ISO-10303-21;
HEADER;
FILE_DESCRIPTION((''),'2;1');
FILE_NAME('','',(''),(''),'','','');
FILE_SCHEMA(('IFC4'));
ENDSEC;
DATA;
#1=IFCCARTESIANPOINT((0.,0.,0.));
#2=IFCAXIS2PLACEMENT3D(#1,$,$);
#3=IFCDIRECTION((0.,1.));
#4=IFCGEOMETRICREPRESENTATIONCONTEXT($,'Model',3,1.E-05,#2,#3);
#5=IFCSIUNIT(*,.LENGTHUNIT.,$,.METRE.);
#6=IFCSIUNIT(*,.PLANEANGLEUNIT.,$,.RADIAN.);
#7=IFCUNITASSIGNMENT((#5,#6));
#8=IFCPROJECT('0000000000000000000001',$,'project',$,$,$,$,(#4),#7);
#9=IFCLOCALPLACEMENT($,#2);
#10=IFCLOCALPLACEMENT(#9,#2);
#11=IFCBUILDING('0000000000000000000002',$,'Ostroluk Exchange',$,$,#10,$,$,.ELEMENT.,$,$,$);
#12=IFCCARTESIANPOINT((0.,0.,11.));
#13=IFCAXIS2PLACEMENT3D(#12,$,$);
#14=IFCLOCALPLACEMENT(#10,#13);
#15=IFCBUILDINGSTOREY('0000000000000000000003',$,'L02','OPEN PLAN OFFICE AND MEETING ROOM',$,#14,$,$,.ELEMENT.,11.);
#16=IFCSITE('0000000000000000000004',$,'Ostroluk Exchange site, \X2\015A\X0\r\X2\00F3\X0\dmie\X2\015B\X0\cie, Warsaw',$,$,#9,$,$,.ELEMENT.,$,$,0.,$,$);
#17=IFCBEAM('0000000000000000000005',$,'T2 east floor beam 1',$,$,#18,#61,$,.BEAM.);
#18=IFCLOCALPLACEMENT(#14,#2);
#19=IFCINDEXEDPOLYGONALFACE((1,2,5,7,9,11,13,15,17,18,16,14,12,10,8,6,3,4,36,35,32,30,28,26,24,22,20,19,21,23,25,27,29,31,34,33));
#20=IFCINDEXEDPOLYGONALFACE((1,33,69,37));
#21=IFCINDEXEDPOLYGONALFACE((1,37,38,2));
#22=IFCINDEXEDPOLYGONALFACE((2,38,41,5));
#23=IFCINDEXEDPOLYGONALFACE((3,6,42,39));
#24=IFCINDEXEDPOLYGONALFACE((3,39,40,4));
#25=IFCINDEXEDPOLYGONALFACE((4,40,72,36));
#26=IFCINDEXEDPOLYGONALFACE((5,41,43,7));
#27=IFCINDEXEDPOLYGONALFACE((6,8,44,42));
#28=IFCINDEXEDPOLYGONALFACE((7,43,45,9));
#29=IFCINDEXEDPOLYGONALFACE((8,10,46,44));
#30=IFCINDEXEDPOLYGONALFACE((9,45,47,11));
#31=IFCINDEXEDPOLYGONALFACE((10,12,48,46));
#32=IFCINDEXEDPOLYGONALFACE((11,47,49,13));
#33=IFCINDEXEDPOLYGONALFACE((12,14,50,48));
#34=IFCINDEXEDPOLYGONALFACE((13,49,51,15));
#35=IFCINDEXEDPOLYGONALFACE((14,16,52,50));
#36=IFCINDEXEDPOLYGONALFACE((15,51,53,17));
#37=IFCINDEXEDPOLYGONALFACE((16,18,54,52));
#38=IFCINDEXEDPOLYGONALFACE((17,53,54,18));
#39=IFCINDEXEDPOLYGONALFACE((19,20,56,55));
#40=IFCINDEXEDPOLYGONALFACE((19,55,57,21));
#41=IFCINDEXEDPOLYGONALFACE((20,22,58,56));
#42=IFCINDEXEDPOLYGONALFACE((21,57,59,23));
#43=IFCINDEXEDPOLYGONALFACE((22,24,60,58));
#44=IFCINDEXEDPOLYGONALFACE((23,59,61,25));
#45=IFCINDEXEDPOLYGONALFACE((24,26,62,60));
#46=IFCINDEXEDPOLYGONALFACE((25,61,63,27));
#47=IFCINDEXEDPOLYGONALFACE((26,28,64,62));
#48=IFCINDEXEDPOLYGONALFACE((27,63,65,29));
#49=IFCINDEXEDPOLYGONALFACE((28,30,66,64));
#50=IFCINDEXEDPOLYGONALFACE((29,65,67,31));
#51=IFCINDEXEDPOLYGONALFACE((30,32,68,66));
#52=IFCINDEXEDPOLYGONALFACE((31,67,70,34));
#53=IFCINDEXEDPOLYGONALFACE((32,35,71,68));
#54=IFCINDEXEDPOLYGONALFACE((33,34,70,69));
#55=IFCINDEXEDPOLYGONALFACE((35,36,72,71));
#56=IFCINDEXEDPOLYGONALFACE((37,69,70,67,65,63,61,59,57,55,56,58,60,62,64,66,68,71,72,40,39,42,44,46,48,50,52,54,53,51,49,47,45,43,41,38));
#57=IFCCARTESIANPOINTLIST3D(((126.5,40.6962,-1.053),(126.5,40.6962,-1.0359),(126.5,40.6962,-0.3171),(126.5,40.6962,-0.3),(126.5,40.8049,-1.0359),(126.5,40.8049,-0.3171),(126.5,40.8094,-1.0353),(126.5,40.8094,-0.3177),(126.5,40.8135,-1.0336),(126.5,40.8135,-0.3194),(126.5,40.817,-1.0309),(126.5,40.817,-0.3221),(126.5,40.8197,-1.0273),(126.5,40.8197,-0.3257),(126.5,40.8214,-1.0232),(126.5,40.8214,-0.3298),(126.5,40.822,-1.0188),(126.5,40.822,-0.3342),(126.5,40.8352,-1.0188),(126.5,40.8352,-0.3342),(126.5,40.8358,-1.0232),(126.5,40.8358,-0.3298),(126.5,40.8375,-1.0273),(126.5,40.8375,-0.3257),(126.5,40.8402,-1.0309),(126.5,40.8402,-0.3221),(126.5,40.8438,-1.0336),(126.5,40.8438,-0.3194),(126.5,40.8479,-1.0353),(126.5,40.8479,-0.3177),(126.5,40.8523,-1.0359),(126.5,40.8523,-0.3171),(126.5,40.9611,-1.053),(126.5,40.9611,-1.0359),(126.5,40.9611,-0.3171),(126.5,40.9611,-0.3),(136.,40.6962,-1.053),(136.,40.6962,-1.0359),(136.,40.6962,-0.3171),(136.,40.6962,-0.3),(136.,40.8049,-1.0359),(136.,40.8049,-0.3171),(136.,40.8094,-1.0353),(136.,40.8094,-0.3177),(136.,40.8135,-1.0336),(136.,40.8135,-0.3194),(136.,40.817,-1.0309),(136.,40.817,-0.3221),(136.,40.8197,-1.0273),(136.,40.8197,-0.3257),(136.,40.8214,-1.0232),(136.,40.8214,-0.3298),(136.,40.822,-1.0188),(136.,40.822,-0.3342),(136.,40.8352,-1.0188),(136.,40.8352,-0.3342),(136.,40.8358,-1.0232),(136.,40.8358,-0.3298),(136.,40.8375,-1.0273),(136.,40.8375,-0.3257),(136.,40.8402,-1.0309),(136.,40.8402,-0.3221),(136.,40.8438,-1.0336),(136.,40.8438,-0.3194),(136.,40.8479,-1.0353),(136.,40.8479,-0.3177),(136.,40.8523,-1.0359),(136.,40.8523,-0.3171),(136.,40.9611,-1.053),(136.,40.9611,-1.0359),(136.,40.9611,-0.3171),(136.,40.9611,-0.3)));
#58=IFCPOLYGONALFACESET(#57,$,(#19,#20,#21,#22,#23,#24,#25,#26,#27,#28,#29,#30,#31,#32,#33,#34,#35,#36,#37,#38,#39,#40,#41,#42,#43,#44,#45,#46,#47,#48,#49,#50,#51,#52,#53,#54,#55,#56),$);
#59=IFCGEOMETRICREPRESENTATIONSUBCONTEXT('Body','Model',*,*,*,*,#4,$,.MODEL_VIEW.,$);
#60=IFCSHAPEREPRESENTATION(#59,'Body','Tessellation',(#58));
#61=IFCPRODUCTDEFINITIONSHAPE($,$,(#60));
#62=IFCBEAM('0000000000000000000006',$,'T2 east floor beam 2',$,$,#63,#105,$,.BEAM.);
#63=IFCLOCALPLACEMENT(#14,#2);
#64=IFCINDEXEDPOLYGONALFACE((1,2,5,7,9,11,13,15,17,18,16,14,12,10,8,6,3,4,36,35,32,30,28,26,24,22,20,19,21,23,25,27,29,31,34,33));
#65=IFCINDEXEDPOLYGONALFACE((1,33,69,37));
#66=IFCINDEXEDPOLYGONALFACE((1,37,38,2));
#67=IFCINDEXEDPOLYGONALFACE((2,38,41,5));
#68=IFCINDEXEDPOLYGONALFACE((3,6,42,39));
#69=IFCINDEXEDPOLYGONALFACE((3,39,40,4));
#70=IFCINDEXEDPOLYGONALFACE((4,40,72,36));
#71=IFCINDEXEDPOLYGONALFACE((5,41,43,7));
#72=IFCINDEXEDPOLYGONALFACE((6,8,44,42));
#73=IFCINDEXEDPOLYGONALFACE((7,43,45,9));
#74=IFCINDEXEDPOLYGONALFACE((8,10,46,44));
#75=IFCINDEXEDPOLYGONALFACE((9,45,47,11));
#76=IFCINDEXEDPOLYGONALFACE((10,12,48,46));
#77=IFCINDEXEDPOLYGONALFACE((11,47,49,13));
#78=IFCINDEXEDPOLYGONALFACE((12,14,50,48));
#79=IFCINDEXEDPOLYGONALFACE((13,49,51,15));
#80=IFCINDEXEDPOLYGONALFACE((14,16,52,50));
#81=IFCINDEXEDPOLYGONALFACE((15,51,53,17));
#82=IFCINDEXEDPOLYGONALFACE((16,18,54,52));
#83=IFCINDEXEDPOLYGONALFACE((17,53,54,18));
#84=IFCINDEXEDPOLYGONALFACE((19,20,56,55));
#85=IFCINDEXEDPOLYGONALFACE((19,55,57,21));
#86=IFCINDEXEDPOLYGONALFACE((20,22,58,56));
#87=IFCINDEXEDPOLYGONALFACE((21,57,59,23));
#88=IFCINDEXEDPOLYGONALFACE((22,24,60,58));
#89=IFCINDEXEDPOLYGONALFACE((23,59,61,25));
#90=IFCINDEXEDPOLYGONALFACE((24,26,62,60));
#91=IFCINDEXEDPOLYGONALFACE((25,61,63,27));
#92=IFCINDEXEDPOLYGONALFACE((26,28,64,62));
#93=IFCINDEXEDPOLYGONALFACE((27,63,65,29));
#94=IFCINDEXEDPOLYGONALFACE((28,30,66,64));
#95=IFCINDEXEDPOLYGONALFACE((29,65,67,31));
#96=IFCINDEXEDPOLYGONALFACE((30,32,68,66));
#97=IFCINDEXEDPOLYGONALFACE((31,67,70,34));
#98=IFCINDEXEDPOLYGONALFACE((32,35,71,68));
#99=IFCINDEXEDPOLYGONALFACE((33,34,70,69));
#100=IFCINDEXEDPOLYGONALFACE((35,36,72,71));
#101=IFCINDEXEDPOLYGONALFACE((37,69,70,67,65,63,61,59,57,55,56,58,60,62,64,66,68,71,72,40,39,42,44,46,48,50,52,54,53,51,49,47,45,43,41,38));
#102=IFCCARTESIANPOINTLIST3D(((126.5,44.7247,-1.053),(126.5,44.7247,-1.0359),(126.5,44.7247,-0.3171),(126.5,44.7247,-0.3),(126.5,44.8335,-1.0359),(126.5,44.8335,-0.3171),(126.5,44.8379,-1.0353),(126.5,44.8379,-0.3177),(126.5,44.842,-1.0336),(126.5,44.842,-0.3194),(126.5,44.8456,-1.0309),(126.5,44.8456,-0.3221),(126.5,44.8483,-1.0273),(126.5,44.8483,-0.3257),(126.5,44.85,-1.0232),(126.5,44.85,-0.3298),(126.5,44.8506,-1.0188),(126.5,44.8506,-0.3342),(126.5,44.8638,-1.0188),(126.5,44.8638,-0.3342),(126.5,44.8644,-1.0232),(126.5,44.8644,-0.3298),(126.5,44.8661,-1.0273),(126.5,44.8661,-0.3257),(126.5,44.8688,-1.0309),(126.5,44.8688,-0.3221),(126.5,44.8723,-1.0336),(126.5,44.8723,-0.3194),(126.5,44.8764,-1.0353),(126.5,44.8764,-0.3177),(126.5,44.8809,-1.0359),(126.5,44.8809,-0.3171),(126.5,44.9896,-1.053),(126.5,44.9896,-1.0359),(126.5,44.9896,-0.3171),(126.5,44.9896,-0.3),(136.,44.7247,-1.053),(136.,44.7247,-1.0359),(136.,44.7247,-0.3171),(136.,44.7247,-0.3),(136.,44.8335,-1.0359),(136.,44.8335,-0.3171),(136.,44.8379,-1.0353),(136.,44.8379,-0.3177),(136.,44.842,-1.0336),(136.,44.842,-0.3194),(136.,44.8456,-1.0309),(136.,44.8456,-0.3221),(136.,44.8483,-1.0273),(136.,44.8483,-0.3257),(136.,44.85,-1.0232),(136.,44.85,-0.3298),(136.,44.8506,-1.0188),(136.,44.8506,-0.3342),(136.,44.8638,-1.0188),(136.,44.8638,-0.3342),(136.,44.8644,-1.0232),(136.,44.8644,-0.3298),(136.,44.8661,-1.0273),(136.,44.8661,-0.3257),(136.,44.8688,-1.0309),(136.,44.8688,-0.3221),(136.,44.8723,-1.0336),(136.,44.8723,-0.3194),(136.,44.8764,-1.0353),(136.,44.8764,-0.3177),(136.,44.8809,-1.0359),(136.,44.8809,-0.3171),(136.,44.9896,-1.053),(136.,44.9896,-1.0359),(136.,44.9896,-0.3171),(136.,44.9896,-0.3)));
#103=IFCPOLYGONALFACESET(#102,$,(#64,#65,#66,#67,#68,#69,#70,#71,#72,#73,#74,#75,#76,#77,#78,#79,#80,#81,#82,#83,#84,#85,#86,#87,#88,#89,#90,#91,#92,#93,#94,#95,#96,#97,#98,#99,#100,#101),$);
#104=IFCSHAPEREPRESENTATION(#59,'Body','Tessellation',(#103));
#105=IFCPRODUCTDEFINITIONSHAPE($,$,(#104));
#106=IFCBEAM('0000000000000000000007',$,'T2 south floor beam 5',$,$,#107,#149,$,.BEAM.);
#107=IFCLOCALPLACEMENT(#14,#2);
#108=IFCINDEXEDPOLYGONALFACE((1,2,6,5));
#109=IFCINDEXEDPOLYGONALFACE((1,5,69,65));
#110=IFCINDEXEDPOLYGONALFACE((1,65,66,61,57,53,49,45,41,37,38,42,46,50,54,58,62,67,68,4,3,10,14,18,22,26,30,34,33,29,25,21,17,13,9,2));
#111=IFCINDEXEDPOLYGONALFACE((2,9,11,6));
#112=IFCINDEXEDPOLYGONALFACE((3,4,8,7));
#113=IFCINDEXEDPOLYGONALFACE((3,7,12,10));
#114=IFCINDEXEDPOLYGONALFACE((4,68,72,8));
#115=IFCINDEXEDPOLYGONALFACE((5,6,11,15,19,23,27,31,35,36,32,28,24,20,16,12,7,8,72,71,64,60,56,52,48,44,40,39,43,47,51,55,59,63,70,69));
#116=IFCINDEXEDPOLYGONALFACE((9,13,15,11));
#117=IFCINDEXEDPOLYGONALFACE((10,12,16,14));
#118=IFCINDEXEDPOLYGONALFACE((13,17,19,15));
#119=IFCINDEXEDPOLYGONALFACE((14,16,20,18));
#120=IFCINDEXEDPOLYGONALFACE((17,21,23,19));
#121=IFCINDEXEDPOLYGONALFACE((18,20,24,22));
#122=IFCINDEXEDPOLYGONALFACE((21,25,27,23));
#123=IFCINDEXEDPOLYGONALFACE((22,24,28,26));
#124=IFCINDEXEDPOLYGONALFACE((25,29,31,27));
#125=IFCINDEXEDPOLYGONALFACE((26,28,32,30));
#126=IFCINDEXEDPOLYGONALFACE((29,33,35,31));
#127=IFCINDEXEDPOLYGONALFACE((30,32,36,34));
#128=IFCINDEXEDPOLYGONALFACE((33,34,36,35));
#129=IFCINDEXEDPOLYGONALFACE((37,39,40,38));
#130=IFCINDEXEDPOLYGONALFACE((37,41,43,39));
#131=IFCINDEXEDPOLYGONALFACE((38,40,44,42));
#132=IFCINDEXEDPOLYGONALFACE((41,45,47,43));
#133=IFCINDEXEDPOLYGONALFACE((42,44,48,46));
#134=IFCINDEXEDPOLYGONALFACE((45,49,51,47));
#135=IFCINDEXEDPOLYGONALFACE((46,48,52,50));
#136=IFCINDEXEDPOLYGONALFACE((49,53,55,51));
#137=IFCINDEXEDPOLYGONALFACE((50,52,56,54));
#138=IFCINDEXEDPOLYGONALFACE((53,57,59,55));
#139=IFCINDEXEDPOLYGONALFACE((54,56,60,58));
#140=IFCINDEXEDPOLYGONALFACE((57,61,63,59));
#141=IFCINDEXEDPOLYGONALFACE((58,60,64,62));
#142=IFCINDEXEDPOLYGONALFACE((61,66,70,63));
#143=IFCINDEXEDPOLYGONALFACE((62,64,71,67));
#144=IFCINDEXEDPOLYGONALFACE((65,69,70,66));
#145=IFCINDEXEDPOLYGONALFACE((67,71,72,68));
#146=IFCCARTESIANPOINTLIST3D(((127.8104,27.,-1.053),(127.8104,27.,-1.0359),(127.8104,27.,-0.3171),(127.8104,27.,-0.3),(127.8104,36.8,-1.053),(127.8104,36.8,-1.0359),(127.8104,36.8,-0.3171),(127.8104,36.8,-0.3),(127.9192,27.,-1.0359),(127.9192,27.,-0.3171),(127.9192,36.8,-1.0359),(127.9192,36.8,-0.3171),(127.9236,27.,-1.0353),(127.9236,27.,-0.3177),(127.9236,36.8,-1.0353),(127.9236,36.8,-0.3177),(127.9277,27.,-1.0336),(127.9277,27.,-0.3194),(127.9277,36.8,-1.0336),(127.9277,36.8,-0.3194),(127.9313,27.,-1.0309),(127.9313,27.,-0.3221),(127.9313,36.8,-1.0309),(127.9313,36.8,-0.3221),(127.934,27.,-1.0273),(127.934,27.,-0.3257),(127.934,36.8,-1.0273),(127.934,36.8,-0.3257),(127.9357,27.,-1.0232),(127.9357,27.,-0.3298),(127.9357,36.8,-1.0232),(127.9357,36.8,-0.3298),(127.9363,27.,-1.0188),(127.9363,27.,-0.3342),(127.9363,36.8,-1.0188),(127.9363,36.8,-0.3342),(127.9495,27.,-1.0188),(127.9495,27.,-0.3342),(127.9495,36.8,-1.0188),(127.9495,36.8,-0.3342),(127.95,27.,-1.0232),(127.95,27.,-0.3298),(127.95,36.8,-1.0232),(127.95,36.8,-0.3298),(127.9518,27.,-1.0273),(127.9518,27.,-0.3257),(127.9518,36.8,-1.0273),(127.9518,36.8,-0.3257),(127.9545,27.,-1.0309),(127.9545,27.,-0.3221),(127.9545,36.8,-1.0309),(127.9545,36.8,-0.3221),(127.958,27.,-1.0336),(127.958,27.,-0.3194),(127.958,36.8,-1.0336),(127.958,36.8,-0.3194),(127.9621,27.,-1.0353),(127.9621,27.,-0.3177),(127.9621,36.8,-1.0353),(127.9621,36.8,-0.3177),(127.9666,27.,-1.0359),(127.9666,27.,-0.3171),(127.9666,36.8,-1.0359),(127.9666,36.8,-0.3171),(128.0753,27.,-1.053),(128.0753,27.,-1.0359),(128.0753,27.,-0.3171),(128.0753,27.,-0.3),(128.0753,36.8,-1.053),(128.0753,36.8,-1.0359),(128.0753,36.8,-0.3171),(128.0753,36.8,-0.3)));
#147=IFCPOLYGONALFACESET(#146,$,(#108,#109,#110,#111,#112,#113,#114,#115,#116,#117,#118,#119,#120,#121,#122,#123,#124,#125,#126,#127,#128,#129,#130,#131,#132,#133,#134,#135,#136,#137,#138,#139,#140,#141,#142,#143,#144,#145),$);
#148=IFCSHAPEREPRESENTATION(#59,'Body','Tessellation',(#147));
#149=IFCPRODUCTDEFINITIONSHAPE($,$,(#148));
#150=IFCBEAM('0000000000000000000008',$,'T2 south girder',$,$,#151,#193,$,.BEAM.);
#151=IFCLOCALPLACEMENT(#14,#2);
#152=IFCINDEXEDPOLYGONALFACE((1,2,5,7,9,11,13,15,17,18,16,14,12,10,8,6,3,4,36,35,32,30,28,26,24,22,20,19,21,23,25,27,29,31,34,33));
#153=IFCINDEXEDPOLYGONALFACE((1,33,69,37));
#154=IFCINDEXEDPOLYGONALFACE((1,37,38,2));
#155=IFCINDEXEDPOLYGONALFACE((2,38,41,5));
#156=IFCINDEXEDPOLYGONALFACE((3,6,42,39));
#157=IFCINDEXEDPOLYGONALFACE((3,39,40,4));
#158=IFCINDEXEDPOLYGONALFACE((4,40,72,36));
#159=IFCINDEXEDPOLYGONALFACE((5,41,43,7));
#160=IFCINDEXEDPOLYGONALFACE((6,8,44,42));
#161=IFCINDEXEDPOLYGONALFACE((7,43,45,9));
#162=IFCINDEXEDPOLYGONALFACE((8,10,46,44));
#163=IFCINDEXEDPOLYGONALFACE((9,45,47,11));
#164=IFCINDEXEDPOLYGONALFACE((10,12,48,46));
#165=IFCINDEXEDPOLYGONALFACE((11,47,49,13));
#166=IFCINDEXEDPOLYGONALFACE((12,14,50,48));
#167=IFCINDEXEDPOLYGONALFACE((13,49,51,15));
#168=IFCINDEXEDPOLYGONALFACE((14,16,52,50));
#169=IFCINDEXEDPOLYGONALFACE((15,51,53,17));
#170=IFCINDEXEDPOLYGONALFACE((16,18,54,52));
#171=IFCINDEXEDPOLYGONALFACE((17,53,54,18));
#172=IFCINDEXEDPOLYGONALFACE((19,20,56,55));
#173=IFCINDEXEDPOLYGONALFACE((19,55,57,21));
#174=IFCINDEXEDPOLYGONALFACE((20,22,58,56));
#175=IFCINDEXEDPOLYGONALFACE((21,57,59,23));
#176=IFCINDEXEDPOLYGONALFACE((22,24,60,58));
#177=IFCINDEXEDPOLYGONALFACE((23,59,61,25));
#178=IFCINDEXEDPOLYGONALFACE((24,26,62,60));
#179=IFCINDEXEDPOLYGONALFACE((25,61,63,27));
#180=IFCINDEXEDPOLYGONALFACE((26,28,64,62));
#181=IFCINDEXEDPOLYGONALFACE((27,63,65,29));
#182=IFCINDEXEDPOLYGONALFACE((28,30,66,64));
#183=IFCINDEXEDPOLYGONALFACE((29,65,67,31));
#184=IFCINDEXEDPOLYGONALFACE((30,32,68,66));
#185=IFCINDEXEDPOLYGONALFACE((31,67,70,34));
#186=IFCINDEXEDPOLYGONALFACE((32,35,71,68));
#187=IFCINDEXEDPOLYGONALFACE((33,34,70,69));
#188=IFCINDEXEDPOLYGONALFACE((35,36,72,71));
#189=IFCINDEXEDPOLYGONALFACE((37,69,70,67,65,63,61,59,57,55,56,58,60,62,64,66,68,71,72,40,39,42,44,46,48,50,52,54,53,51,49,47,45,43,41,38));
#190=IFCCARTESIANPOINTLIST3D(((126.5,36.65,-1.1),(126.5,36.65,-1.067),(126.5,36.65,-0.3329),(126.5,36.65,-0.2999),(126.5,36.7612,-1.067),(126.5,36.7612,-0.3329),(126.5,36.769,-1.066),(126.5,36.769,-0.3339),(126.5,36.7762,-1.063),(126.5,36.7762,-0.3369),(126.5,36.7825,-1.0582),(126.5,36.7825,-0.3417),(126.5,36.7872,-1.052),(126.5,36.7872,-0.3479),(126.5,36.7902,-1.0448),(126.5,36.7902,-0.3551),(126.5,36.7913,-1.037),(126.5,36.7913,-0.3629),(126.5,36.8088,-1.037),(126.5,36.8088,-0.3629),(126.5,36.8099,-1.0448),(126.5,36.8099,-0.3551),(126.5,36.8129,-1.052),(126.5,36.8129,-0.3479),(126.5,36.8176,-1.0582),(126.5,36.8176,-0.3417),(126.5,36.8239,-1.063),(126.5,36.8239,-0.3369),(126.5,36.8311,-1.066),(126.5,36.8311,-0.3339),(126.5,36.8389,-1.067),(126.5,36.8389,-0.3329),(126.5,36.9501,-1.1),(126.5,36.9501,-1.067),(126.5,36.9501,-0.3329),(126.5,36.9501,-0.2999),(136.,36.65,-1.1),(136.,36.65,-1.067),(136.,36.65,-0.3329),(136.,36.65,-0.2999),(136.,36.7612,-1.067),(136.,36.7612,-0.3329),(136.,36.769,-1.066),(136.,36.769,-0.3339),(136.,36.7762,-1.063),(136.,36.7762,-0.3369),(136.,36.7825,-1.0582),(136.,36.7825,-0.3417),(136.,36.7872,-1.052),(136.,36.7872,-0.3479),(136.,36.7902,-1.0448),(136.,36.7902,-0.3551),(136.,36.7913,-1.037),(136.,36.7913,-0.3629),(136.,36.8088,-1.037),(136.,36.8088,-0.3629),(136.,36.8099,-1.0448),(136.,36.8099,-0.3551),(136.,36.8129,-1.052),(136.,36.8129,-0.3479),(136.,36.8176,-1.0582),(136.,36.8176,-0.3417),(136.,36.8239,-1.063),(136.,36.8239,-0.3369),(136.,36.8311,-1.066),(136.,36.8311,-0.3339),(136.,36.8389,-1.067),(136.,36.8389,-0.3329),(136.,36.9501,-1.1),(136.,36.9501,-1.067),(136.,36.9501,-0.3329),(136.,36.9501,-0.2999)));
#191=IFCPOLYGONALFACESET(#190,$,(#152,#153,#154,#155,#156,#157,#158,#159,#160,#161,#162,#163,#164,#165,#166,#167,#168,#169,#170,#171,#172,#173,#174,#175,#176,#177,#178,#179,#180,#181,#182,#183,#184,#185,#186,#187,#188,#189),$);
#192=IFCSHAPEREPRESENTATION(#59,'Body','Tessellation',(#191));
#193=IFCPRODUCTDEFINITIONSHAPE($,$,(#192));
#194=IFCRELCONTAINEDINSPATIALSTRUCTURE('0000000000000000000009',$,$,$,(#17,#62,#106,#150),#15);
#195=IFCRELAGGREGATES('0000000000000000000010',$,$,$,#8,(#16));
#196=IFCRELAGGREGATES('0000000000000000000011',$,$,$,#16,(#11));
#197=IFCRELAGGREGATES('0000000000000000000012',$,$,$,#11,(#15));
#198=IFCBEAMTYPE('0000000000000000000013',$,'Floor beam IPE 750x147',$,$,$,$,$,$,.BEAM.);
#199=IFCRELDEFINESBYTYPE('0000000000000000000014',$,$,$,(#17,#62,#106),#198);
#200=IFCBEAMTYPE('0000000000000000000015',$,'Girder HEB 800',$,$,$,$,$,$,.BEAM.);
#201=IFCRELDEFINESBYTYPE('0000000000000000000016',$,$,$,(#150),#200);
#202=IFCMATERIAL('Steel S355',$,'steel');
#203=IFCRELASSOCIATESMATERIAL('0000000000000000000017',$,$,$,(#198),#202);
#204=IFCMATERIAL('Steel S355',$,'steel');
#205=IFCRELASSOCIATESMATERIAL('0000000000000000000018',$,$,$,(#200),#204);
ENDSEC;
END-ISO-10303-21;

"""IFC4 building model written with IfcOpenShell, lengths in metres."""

from ifc_helpers import new_model, si_unit, direction, frame, origin, origin_2d, place, context, subcontext, project, spatial, i_section, extrude, material, material_profile, profile_set, type_object, element, save


model = new_model("IFC4")

# Units and contexts
model_context = context("Model", 3, precision=1e-05, world=origin(), true_north=direction((0.0, 1.0)))
body_context = subcontext(model_context, "Body", "Model", "MODEL_VIEW")
ifc_project = project(units=[si_unit("LENGTHUNIT", "METRE"), si_unit("PLANEANGLEUNIT", "RADIAN")], contexts=[model_context])

# Site, building, storey
site_placement = place(None, origin())
site = spatial("IfcSite", under=ifc_project, at=site_placement, Name="Ostroluk Exchange site, Śródmieście, Warsaw", CompositionType="ELEMENT", RefElevation=0.0)
building_placement = place(site_placement, origin())
building = spatial("IfcBuilding", under=site, at=building_placement, Name="Ostroluk Exchange", CompositionType="ELEMENT")
storey_placement = place(building_placement, frame((0.0, 0.0, 11.0)))
storey = spatial("IfcBuildingStorey", under=building, at=storey_placement, Name="L02", Description="OPEN PLAN OFFICE AND MEETING ROOM", CompositionType="ELEMENT", Elevation=11.0)

# Beams
ifc_material_1 = material(Name="Steel S355", Category="steel")
ifc_material_profile_1 = material_profile(ifc_material_1, i_section(OverallWidth=0.2649, OverallDepth=0.7529, WebThickness=0.0132, FlangeThickness=0.0171, FilletRadius=0.0171, at=origin_2d()), Name="IPE 750x147")
ifc_profile_set_1 = profile_set([ifc_material_profile_1], Name="Steel S355")
beam_type_1 = type_object("IfcBeamType", Name="Floor beam IPE 750x147", PredefinedType="BEAM", material=ifc_profile_set_1)
for number, where, z_axis, x_axis, name in (
    (1, (126.5, 40.8286, -0.6765), (1.0, 0.0, 0.0), (0.0, 1.0, 0.0), "T2 east floor beam 1"),
    (2, (126.5, 44.8572, -0.6765), (1.0, 0.0, 0.0), (0.0, 1.0, 0.0), "T2 east floor beam 2"),
):
    element("IfcBeam", number, at=place(storey_placement, frame(where, z_axis=z_axis, x_axis=x_axis)), inside=storey, type_object=beam_type_1, Name=name, PredefinedType="BEAM", context=body_context, shape_type="SweptSolid", body=[
        extrude(i_section(OverallWidth=0.2649, OverallDepth=0.7529, WebThickness=0.0132, FlangeThickness=0.0171, FilletRadius=0.0171, at=origin_2d()), origin(), (0.0, 0.0, 1.0), 9.5),
    ])
beam_1_placement = place(storey_placement, frame((127.9429, 36.8, -0.6765), z_axis=(0.0, -1.0, 0.0), x_axis=(1.0, 0.0, 0.0)))
element("IfcBeam", 3, at=beam_1_placement, inside=storey, type_object=beam_type_1, Name="T2 south floor beam 5", PredefinedType="BEAM", context=body_context, shape_type="SweptSolid", body=[
    extrude(i_section(OverallWidth=0.2649, OverallDepth=0.7529, WebThickness=0.0132, FlangeThickness=0.0171, FilletRadius=0.0171, at=origin_2d()), origin(), (0.0, 0.0, 1.0), 9.8),
])
ifc_material_2 = material(Name="Steel S355", Category="steel")
ifc_material_profile_2 = material_profile(ifc_material_2, i_section(OverallWidth=0.3, OverallDepth=0.8, WebThickness=0.0176, FlangeThickness=0.033, FilletRadius=0.03, at=origin_2d()), Name="HEB 800")
ifc_profile_set_2 = profile_set([ifc_material_profile_2], Name="Steel S355")
beam_type_2 = type_object("IfcBeamType", Name="Girder HEB 800", PredefinedType="BEAM", material=ifc_profile_set_2)
beam_2_placement = place(storey_placement, frame((126.5, 36.8, -0.7), z_axis=(1.0, 0.0, 0.0), x_axis=(0.0, 1.0, 0.0)))
element("IfcBeam", 4, at=beam_2_placement, inside=storey, type_object=beam_type_2, Name="T2 south girder", PredefinedType="BEAM", context=body_context, shape_type="SweptSolid", body=[
    extrude(i_section(OverallWidth=0.3, OverallDepth=0.8, WebThickness=0.0176, FlangeThickness=0.033, FilletRadius=0.03, at=origin_2d()), origin(), (0.0, 0.0, 1.0), 9.5),
])

save(model, "model.ifc")
